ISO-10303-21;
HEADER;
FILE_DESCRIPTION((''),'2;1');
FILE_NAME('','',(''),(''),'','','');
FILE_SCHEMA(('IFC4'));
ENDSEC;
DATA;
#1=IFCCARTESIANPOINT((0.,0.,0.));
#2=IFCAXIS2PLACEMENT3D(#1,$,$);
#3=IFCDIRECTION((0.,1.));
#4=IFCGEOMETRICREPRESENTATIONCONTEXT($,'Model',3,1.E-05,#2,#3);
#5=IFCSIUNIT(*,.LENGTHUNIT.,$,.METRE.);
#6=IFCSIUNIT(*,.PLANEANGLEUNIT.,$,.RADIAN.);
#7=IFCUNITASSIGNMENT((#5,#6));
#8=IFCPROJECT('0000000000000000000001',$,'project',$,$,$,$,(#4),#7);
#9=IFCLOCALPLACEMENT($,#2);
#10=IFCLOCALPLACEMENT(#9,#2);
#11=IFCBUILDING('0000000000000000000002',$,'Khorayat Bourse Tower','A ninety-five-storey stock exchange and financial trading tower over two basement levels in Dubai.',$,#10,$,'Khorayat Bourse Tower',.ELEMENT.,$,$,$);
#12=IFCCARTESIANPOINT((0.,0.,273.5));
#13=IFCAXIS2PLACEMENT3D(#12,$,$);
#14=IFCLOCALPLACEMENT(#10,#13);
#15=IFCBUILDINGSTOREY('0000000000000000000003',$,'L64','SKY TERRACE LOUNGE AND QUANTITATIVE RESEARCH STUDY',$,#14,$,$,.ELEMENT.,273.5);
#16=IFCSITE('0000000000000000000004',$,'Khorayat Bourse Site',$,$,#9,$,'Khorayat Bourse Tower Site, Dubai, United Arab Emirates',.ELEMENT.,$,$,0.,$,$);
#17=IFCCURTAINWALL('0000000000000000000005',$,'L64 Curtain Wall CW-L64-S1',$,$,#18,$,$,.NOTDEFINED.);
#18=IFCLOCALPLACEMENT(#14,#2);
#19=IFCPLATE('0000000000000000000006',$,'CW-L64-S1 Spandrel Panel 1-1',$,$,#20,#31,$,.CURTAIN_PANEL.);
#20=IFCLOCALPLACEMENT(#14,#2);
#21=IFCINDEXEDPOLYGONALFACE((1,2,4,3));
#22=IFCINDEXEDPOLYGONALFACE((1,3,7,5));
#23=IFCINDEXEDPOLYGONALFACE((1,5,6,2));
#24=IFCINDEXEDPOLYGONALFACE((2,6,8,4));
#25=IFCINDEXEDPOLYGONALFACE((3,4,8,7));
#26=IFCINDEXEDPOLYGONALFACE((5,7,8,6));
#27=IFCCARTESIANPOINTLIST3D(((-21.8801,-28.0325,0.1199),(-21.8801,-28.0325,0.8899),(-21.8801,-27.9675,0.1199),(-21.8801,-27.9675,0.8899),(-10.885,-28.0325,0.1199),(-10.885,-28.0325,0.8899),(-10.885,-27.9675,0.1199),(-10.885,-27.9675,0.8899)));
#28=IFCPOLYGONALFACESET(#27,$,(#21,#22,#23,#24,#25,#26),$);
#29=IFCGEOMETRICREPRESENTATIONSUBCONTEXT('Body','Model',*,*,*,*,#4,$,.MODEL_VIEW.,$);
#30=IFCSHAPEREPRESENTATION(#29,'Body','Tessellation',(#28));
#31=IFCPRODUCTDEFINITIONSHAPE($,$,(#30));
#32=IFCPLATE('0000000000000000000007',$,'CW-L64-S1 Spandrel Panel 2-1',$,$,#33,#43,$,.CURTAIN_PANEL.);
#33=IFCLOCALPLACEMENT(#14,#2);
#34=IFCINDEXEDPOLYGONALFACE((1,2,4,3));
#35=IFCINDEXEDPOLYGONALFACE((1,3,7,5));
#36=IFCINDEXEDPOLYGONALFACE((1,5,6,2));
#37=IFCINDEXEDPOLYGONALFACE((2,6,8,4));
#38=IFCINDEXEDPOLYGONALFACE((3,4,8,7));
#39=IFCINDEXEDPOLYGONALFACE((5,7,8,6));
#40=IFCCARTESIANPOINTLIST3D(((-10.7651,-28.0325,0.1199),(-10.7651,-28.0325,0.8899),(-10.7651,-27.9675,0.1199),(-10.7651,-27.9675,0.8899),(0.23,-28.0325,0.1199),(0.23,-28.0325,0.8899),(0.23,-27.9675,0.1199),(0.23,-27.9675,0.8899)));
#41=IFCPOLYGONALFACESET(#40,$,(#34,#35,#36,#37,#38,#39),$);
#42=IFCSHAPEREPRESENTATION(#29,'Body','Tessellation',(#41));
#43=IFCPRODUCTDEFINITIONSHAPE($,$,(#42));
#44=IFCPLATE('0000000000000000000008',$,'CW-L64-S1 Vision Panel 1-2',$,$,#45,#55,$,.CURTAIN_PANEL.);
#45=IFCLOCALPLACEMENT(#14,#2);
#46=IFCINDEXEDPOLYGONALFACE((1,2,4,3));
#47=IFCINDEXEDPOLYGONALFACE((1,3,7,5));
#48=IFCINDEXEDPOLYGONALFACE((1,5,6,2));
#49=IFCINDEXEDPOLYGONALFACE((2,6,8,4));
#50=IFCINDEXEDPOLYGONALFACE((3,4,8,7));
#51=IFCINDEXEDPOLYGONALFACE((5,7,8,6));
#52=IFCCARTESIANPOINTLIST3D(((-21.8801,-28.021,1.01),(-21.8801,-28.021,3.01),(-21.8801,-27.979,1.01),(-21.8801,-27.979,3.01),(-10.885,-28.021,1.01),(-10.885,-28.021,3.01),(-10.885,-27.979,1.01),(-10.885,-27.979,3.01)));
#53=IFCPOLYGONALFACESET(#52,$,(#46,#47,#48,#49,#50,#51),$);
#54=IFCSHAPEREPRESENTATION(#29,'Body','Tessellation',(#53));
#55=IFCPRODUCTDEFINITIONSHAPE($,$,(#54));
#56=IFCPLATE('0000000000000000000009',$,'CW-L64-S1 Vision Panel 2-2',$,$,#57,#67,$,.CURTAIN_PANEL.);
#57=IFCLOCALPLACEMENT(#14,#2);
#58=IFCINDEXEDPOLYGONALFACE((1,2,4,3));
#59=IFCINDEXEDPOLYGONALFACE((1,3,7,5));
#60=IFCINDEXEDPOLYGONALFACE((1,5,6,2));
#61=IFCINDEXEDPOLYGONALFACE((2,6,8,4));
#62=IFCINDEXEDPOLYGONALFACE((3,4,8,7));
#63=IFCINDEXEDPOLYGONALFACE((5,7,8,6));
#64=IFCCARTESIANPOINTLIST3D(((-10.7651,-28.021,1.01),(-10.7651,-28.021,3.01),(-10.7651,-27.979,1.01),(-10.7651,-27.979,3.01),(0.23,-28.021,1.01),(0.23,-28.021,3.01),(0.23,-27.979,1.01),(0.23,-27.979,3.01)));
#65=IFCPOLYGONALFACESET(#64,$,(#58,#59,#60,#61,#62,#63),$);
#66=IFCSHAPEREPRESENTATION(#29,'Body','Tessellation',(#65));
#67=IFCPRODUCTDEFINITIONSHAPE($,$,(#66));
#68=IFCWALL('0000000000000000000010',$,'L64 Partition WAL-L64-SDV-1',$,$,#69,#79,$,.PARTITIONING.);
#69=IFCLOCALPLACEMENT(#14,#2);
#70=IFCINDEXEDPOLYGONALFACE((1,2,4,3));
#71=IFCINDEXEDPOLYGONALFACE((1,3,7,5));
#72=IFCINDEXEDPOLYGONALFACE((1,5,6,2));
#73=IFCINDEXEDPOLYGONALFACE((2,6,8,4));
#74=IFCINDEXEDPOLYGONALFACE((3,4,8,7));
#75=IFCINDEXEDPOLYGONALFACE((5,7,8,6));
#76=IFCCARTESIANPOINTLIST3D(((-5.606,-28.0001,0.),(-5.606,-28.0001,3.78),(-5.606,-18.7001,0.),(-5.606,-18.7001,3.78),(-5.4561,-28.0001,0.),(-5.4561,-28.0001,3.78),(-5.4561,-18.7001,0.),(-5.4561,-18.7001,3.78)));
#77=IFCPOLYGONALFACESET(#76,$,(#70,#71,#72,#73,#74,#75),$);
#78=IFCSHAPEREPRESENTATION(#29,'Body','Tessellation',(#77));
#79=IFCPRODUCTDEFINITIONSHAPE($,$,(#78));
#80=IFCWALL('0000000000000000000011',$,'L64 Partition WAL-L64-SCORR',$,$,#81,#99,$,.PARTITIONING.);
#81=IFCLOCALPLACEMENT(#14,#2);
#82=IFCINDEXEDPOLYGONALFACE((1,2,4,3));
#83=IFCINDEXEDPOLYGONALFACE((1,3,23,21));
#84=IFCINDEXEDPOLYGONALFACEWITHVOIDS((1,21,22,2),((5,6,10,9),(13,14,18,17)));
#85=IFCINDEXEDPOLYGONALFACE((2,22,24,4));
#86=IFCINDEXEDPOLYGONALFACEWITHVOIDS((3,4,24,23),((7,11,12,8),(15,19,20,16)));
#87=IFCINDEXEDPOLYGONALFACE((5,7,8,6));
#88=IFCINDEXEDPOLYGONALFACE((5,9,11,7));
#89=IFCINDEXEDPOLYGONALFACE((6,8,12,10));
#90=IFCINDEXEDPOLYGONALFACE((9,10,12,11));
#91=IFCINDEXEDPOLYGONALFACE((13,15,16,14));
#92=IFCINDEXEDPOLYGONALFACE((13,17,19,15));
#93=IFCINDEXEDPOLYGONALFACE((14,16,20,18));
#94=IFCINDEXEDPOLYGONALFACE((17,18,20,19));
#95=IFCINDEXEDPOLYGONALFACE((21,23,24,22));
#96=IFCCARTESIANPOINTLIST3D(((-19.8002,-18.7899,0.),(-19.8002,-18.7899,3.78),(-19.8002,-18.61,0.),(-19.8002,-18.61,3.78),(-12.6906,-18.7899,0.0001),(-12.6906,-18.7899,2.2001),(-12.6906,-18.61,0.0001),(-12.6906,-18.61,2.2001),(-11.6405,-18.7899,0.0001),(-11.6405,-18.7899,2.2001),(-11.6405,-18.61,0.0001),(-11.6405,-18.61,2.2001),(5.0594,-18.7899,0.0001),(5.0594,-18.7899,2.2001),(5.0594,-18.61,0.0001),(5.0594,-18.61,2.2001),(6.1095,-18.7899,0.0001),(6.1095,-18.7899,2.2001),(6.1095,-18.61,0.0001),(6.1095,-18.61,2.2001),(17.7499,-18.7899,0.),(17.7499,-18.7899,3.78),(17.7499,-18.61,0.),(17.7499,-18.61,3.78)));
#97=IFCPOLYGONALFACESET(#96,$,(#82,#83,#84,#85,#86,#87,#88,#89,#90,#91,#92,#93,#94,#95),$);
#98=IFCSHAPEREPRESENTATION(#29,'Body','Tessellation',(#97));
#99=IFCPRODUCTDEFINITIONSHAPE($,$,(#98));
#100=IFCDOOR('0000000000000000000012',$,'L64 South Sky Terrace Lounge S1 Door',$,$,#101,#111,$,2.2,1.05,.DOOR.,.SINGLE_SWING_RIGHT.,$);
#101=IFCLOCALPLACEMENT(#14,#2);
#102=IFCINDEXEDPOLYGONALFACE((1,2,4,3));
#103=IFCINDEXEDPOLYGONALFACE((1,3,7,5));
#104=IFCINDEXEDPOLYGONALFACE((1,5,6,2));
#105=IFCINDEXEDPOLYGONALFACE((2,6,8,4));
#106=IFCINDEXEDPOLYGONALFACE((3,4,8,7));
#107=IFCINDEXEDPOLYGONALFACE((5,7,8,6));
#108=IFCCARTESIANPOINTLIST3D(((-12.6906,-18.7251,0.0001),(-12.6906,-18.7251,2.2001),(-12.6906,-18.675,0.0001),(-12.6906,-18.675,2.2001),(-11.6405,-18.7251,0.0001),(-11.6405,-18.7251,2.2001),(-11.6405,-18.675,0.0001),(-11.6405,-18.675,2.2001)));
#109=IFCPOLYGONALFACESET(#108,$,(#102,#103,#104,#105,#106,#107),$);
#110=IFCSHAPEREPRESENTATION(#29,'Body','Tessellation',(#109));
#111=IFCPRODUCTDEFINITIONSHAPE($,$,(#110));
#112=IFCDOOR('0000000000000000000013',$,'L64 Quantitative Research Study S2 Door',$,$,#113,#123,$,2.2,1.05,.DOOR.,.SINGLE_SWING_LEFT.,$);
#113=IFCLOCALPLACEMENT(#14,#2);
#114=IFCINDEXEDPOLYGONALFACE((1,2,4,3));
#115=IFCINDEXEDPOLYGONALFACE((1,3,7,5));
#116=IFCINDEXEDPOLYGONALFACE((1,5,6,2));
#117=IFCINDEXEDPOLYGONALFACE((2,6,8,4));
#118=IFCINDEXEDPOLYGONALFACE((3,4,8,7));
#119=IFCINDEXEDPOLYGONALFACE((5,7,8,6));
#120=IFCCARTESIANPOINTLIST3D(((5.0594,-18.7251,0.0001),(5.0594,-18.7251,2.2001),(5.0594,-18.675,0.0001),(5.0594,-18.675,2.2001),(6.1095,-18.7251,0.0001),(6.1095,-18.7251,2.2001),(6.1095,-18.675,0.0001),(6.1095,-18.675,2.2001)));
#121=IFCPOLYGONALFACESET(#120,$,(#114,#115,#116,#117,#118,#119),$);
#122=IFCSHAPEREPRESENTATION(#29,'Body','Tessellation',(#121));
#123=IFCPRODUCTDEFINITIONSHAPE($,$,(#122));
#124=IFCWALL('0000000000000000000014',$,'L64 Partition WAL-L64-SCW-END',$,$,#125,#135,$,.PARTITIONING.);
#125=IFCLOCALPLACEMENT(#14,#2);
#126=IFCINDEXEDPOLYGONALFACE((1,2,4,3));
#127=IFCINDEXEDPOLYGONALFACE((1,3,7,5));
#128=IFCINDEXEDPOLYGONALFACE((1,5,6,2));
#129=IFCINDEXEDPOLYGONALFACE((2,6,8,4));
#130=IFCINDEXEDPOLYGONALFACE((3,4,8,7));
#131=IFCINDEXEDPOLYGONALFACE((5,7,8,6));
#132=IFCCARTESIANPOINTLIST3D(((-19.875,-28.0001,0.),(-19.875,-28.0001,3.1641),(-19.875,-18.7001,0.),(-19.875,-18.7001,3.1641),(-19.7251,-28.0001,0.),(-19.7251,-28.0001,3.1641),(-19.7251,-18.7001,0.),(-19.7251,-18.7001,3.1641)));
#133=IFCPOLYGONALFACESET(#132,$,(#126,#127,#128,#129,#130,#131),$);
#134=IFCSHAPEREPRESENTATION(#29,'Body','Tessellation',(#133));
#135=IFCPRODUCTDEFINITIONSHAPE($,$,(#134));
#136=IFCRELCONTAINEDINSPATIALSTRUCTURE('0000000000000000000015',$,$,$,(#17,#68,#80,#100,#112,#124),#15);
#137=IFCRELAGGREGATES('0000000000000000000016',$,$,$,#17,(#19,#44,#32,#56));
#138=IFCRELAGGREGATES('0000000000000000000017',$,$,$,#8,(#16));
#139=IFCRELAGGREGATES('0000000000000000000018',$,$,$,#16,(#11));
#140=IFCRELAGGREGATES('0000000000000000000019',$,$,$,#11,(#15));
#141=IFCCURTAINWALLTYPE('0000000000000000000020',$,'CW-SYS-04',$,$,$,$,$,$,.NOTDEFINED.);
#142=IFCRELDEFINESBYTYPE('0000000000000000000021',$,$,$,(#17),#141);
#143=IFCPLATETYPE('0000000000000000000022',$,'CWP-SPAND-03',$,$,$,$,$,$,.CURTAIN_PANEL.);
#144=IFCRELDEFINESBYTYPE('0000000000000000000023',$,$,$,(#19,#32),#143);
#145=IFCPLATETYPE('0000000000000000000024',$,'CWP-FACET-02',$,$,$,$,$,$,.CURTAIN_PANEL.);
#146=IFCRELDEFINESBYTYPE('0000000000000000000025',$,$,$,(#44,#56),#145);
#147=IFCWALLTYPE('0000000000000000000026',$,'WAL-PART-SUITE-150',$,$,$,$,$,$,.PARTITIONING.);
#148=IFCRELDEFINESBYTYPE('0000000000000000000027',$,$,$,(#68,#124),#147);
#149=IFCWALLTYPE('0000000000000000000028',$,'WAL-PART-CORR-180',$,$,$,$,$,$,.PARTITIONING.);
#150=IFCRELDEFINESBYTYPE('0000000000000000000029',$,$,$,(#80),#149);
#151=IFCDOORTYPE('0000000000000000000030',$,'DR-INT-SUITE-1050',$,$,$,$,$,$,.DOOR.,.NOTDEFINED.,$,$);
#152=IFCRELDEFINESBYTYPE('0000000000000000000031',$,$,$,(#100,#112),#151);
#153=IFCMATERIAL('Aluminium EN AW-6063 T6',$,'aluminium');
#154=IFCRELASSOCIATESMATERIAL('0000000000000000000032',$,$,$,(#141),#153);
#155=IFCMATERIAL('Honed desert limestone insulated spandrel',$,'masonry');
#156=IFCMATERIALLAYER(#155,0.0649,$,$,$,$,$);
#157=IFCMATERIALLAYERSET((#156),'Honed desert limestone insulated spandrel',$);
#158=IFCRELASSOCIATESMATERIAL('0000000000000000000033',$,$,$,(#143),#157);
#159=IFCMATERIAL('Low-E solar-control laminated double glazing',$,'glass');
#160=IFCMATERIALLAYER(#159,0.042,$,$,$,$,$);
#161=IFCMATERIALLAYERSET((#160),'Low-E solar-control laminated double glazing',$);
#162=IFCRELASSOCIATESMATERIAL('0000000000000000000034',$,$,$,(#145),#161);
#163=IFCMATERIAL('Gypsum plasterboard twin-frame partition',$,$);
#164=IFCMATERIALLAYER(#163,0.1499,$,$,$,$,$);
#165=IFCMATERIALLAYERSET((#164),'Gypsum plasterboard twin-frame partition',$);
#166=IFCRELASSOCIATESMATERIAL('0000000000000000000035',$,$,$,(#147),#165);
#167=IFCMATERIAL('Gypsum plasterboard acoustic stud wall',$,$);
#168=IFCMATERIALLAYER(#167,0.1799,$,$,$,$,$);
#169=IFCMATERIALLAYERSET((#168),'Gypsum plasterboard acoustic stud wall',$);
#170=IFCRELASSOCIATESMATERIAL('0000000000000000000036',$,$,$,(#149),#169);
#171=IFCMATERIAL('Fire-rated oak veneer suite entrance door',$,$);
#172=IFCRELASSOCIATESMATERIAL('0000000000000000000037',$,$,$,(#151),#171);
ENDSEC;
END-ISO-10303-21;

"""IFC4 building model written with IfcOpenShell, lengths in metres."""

from ifc_helpers import new_model, si_unit, direction, frame, frame_2d, origin, origin_2d, place, context, subcontext, project, spatial, rectangle, extrude, source, transform, mapped, material, layer, layer_set, type_object, element, fill, aggregate, save


model = new_model("IFC4")

# Units and contexts
model_context = context("Model", 3, precision=1e-05, world=origin(), true_north=direction((0.0, 1.0)))
body_context = subcontext(model_context, "Body", "Model", "MODEL_VIEW")
ifc_project = project(units=[si_unit("LENGTHUNIT", "METRE"), si_unit("PLANEANGLEUNIT", "RADIAN")], contexts=[model_context])

# Site, building, storey
site_placement = place(None, origin())
site = spatial("IfcSite", under=ifc_project, at=site_placement, Name="Khorayat Bourse Site", LongName="Khorayat Bourse Tower Site, Dubai, United Arab Emirates", CompositionType="ELEMENT", RefElevation=0.0)
building_placement = place(site_placement, origin())
building = spatial("IfcBuilding", under=site, at=building_placement, Name="Khorayat Bourse Tower", Description="A ninety-five-storey stock exchange and financial trading tower over two basement levels in Dubai.", LongName="Khorayat Bourse Tower", CompositionType="ELEMENT")
storey_placement = place(building_placement, frame((0.0, 0.0, 273.5)))
storey = spatial("IfcBuildingStorey", under=building, at=storey_placement, Name="L64", Description="SKY TERRACE LOUNGE AND QUANTITATIVE RESEARCH STUDY", CompositionType="ELEMENT", Elevation=273.5)

# Curtain wall
ifc_material_1 = material(Name="Aluminium EN AW-6063 T6", Category="aluminium")
curtain_wall_type = type_object("IfcCurtainWallType", Name="CW-SYS-04", PredefinedType="NOTDEFINED", material=ifc_material_1)
curtain_wall_placement = place(storey_placement, origin())
curtain_wall = element("IfcCurtainWall", 1, at=curtain_wall_placement, inside=storey, type_object=curtain_wall_type, Name="L64 Curtain Wall CW-L64-S1", PredefinedType="NOTDEFINED")

# Plates
ifc_material_2 = material(Name="Honed desert limestone insulated spandrel", Category="masonry")
ifc_layer_1 = layer(ifc_material_2, 0.0649)
ifc_layer_set_1 = layer_set([ifc_layer_1], Name="Honed desert limestone insulated spandrel")
plate_type_1 = type_object("IfcPlateType", Name="CWP-SPAND-03", PredefinedType="CURTAIN_PANEL", material=ifc_layer_set_1)
shared_shape_1 = source(origin(), body_context, "Body", "SweptSolid", [
    extrude(rectangle(XDim=10.9951, YDim=0.0649, at=origin_2d()), origin(), (0.0, 0.0, 1.0), 0.77),
])
plate_1_placement = place(storey_placement, frame((-16.3826, -28.0, 0.1199), z_axis=(0.0, 0.0, 1.0), x_axis=(1.0, 0.0, 0.0)))
plate_1 = element("IfcPlate", 2, at=plate_1_placement, type_object=plate_type_1, Name="CW-L64-S1 Spandrel Panel 1-1", PredefinedType="CURTAIN_PANEL", context=body_context, shape_type="MappedRepresentation", body=[
    mapped(shared_shape_1, transform((0.0, 0.0, 0.0), scale=1.0)),
])
plate_2_placement = place(storey_placement, frame((-5.2676, -28.0, 0.1199), z_axis=(0.0, 0.0, 1.0), x_axis=(1.0, 0.0, 0.0)))
plate_2 = element("IfcPlate", 3, at=plate_2_placement, type_object=plate_type_1, Name="CW-L64-S1 Spandrel Panel 2-1", PredefinedType="CURTAIN_PANEL", context=body_context, shape_type="MappedRepresentation", body=[
    mapped(shared_shape_1, transform((0.0, 0.0, 0.0), scale=1.0)),
])
ifc_material_3 = material(Name="Low-E solar-control laminated double glazing", Category="glass")
ifc_layer_2 = layer(ifc_material_3, 0.042)
ifc_layer_set_2 = layer_set([ifc_layer_2], Name="Low-E solar-control laminated double glazing")
plate_type_2 = type_object("IfcPlateType", Name="CWP-FACET-02", PredefinedType="CURTAIN_PANEL", material=ifc_layer_set_2)
shared_shape_2 = source(origin(), body_context, "Body", "SweptSolid", [
    extrude(rectangle(XDim=10.9951, YDim=0.042, at=origin_2d()), origin(), (0.0, 0.0, 1.0), 2.0),
])
plate_3_placement = place(storey_placement, frame((-16.3826, -28.0, 1.01), z_axis=(0.0, 0.0, 1.0), x_axis=(1.0, 0.0, 0.0)))
plate_3 = element("IfcPlate", 4, at=plate_3_placement, type_object=plate_type_2, Name="CW-L64-S1 Vision Panel 1-2", PredefinedType="CURTAIN_PANEL", context=body_context, shape_type="MappedRepresentation", body=[
    mapped(shared_shape_2, transform((0.0, 0.0, 0.0), scale=1.0)),
])
plate_4_placement = place(storey_placement, frame((-5.2676, -28.0, 1.01), z_axis=(0.0, 0.0, 1.0), x_axis=(1.0, 0.0, 0.0)))
plate_4 = element("IfcPlate", 5, at=plate_4_placement, type_object=plate_type_2, Name="CW-L64-S1 Vision Panel 2-2", PredefinedType="CURTAIN_PANEL", context=body_context, shape_type="MappedRepresentation", body=[
    mapped(shared_shape_2, transform((0.0, 0.0, 0.0), scale=1.0)),
])
aggregate(curtain_wall, [plate_1, plate_3, plate_2, plate_4])

# Wall
ifc_material_4 = material(Name="Gypsum plasterboard twin-frame partition")
ifc_layer_3 = layer(ifc_material_4, 0.1499)
ifc_layer_set_3 = layer_set([ifc_layer_3], Name="Gypsum plasterboard twin-frame partition")
wall_type_1 = type_object("IfcWallType", Name="WAL-PART-SUITE-150", PredefinedType="PARTITIONING", material=ifc_layer_set_3)
shared_shape_3 = source(origin(), body_context, "Body", "SweptSolid", [
    extrude(rectangle(XDim=9.3, YDim=0.1499, at=frame_2d((4.6499, 0.0))), origin(), (0.0, 0.0, 1.0), 3.78),
])
wall_1_placement = place(storey_placement, frame((-5.531, -28.0, 0.0), z_axis=(0.0, 0.0, 1.0), x_axis=(0.0, 1.0, 0.0)))
element("IfcWall", 6, at=wall_1_placement, inside=storey, type_object=wall_type_1, Name="L64 Partition WAL-L64-SDV-1", PredefinedType="PARTITIONING", context=body_context, shape_type="MappedRepresentation", body=[
    mapped(shared_shape_3, transform((0.0, 0.0, 0.0), scale=1.0)),
])

# Wall, openings, doors
ifc_material_5 = material(Name="Gypsum plasterboard acoustic stud wall")
ifc_layer_4 = layer(ifc_material_5, 0.1799)
ifc_layer_set_4 = layer_set([ifc_layer_4], Name="Gypsum plasterboard acoustic stud wall")
wall_type_2 = type_object("IfcWallType", Name="WAL-PART-CORR-180", PredefinedType="PARTITIONING", material=ifc_layer_set_4)
shared_shape_4 = source(origin(), body_context, "Body", "SweptSolid", [
    extrude(rectangle(XDim=37.55, YDim=0.1799, at=frame_2d((18.7749, 0.0))), origin(), (0.0, 0.0, 1.0), 3.78),
])
wall_2_placement = place(storey_placement, frame((-19.8, -18.7, 0.0), z_axis=(0.0, 0.0, 1.0), x_axis=(1.0, 0.0, 0.0)))
wall_2 = element("IfcWall", 7, at=wall_2_placement, inside=storey, type_object=wall_type_2, Name="L64 Partition WAL-L64-SCORR", PredefinedType="PARTITIONING", context=body_context, shape_type="MappedRepresentation", body=[
    mapped(shared_shape_4, transform((0.0, 0.0, 0.0), scale=1.0)),
])
shared_shape_5 = source(origin(), body_context, "Body", "SweptSolid", [
    extrude(rectangle(XDim=1.05, YDim=2.2, at=frame_2d((0.5249, 1.1001))), frame((0.0, 0.0999, 0.0), z_axis=(0.0, -1.0, 0.0), x_axis=(1.0, 0.0, 0.0)), (0.0, 0.0, 1.0), 0.2),
])
opening_1_placement = place(wall_2_placement, frame((7.1096, 0.0, 0.0)))
opening_1 = element("IfcOpeningElement", 8, at=opening_1_placement, cuts=wall_2, PredefinedType="OPENING", context=body_context, shape_type="MappedRepresentation", body=[
    mapped(shared_shape_5, transform((0.0, 0.0, 0.0), scale=1.0)),
])
opening_2_placement = place(wall_2_placement, frame((24.8596, 0.0, 0.0)))
opening_2 = element("IfcOpeningElement", 9, at=opening_2_placement, cuts=wall_2, PredefinedType="OPENING", context=body_context, shape_type="MappedRepresentation", body=[
    mapped(shared_shape_5, transform((0.0, 0.0, 0.0), scale=1.0)),
])
ifc_material_6 = material(Name="Fire-rated oak veneer suite entrance door")
door_type = type_object("IfcDoorType", Name="DR-INT-SUITE-1050", OperationType="NOTDEFINED", PredefinedType="DOOR", material=ifc_material_6)
shared_shape_6 = source(origin(), body_context, "Body", "SweptSolid", [
    extrude(rectangle(XDim=1.05, YDim=2.2, at=frame_2d((0.5249, 1.1001))), frame((0.0, 0.0249, 0.0), z_axis=(0.0, -1.0, 0.0), x_axis=(1.0, 0.0, 0.0)), (0.0, 0.0, 1.0), 0.05),
])
door_1_placement = place(opening_1_placement, origin())
door_1 = element("IfcDoor", 10, at=door_1_placement, inside=storey, type_object=door_type, Name="L64 South Sky Terrace Lounge S1 Door", OperationType="SINGLE_SWING_RIGHT", OverallHeight=2.2, OverallWidth=1.05, PredefinedType="DOOR", context=body_context, shape_type="MappedRepresentation", body=[
    mapped(shared_shape_6, transform((0.0, 0.0, 0.0), scale=1.0)),
])
fill(opening_1, door_1)
door_2_placement = place(opening_2_placement, origin())
door_2 = element("IfcDoor", 11, at=door_2_placement, inside=storey, type_object=door_type, Name="L64 Quantitative Research Study S2 Door", OperationType="SINGLE_SWING_LEFT", OverallHeight=2.2, OverallWidth=1.05, PredefinedType="DOOR", context=body_context, shape_type="MappedRepresentation", body=[
    mapped(shared_shape_6, transform((0.0, 0.0, 0.0), scale=1.0)),
])
fill(opening_2, door_2)

# Wall
shared_shape_7 = source(origin(), body_context, "Body", "SweptSolid", [
    extrude(rectangle(XDim=9.3, YDim=0.1499, at=frame_2d((4.6499, 0.0))), origin(), (0.0, 0.0, 1.0), 3.1641),
])
wall_3_placement = place(storey_placement, frame((-19.8, -28.0, 0.0), z_axis=(0.0, 0.0, 1.0), x_axis=(0.0, 1.0, 0.0)))
element("IfcWall", 12, at=wall_3_placement, inside=storey, type_object=wall_type_1, Name="L64 Partition WAL-L64-SCW-END", PredefinedType="PARTITIONING", context=body_context, shape_type="MappedRepresentation", body=[
    mapped(shared_shape_7, transform((0.0, 0.0, 0.0), scale=1.0)),
])

save(model, "model.ifc")
